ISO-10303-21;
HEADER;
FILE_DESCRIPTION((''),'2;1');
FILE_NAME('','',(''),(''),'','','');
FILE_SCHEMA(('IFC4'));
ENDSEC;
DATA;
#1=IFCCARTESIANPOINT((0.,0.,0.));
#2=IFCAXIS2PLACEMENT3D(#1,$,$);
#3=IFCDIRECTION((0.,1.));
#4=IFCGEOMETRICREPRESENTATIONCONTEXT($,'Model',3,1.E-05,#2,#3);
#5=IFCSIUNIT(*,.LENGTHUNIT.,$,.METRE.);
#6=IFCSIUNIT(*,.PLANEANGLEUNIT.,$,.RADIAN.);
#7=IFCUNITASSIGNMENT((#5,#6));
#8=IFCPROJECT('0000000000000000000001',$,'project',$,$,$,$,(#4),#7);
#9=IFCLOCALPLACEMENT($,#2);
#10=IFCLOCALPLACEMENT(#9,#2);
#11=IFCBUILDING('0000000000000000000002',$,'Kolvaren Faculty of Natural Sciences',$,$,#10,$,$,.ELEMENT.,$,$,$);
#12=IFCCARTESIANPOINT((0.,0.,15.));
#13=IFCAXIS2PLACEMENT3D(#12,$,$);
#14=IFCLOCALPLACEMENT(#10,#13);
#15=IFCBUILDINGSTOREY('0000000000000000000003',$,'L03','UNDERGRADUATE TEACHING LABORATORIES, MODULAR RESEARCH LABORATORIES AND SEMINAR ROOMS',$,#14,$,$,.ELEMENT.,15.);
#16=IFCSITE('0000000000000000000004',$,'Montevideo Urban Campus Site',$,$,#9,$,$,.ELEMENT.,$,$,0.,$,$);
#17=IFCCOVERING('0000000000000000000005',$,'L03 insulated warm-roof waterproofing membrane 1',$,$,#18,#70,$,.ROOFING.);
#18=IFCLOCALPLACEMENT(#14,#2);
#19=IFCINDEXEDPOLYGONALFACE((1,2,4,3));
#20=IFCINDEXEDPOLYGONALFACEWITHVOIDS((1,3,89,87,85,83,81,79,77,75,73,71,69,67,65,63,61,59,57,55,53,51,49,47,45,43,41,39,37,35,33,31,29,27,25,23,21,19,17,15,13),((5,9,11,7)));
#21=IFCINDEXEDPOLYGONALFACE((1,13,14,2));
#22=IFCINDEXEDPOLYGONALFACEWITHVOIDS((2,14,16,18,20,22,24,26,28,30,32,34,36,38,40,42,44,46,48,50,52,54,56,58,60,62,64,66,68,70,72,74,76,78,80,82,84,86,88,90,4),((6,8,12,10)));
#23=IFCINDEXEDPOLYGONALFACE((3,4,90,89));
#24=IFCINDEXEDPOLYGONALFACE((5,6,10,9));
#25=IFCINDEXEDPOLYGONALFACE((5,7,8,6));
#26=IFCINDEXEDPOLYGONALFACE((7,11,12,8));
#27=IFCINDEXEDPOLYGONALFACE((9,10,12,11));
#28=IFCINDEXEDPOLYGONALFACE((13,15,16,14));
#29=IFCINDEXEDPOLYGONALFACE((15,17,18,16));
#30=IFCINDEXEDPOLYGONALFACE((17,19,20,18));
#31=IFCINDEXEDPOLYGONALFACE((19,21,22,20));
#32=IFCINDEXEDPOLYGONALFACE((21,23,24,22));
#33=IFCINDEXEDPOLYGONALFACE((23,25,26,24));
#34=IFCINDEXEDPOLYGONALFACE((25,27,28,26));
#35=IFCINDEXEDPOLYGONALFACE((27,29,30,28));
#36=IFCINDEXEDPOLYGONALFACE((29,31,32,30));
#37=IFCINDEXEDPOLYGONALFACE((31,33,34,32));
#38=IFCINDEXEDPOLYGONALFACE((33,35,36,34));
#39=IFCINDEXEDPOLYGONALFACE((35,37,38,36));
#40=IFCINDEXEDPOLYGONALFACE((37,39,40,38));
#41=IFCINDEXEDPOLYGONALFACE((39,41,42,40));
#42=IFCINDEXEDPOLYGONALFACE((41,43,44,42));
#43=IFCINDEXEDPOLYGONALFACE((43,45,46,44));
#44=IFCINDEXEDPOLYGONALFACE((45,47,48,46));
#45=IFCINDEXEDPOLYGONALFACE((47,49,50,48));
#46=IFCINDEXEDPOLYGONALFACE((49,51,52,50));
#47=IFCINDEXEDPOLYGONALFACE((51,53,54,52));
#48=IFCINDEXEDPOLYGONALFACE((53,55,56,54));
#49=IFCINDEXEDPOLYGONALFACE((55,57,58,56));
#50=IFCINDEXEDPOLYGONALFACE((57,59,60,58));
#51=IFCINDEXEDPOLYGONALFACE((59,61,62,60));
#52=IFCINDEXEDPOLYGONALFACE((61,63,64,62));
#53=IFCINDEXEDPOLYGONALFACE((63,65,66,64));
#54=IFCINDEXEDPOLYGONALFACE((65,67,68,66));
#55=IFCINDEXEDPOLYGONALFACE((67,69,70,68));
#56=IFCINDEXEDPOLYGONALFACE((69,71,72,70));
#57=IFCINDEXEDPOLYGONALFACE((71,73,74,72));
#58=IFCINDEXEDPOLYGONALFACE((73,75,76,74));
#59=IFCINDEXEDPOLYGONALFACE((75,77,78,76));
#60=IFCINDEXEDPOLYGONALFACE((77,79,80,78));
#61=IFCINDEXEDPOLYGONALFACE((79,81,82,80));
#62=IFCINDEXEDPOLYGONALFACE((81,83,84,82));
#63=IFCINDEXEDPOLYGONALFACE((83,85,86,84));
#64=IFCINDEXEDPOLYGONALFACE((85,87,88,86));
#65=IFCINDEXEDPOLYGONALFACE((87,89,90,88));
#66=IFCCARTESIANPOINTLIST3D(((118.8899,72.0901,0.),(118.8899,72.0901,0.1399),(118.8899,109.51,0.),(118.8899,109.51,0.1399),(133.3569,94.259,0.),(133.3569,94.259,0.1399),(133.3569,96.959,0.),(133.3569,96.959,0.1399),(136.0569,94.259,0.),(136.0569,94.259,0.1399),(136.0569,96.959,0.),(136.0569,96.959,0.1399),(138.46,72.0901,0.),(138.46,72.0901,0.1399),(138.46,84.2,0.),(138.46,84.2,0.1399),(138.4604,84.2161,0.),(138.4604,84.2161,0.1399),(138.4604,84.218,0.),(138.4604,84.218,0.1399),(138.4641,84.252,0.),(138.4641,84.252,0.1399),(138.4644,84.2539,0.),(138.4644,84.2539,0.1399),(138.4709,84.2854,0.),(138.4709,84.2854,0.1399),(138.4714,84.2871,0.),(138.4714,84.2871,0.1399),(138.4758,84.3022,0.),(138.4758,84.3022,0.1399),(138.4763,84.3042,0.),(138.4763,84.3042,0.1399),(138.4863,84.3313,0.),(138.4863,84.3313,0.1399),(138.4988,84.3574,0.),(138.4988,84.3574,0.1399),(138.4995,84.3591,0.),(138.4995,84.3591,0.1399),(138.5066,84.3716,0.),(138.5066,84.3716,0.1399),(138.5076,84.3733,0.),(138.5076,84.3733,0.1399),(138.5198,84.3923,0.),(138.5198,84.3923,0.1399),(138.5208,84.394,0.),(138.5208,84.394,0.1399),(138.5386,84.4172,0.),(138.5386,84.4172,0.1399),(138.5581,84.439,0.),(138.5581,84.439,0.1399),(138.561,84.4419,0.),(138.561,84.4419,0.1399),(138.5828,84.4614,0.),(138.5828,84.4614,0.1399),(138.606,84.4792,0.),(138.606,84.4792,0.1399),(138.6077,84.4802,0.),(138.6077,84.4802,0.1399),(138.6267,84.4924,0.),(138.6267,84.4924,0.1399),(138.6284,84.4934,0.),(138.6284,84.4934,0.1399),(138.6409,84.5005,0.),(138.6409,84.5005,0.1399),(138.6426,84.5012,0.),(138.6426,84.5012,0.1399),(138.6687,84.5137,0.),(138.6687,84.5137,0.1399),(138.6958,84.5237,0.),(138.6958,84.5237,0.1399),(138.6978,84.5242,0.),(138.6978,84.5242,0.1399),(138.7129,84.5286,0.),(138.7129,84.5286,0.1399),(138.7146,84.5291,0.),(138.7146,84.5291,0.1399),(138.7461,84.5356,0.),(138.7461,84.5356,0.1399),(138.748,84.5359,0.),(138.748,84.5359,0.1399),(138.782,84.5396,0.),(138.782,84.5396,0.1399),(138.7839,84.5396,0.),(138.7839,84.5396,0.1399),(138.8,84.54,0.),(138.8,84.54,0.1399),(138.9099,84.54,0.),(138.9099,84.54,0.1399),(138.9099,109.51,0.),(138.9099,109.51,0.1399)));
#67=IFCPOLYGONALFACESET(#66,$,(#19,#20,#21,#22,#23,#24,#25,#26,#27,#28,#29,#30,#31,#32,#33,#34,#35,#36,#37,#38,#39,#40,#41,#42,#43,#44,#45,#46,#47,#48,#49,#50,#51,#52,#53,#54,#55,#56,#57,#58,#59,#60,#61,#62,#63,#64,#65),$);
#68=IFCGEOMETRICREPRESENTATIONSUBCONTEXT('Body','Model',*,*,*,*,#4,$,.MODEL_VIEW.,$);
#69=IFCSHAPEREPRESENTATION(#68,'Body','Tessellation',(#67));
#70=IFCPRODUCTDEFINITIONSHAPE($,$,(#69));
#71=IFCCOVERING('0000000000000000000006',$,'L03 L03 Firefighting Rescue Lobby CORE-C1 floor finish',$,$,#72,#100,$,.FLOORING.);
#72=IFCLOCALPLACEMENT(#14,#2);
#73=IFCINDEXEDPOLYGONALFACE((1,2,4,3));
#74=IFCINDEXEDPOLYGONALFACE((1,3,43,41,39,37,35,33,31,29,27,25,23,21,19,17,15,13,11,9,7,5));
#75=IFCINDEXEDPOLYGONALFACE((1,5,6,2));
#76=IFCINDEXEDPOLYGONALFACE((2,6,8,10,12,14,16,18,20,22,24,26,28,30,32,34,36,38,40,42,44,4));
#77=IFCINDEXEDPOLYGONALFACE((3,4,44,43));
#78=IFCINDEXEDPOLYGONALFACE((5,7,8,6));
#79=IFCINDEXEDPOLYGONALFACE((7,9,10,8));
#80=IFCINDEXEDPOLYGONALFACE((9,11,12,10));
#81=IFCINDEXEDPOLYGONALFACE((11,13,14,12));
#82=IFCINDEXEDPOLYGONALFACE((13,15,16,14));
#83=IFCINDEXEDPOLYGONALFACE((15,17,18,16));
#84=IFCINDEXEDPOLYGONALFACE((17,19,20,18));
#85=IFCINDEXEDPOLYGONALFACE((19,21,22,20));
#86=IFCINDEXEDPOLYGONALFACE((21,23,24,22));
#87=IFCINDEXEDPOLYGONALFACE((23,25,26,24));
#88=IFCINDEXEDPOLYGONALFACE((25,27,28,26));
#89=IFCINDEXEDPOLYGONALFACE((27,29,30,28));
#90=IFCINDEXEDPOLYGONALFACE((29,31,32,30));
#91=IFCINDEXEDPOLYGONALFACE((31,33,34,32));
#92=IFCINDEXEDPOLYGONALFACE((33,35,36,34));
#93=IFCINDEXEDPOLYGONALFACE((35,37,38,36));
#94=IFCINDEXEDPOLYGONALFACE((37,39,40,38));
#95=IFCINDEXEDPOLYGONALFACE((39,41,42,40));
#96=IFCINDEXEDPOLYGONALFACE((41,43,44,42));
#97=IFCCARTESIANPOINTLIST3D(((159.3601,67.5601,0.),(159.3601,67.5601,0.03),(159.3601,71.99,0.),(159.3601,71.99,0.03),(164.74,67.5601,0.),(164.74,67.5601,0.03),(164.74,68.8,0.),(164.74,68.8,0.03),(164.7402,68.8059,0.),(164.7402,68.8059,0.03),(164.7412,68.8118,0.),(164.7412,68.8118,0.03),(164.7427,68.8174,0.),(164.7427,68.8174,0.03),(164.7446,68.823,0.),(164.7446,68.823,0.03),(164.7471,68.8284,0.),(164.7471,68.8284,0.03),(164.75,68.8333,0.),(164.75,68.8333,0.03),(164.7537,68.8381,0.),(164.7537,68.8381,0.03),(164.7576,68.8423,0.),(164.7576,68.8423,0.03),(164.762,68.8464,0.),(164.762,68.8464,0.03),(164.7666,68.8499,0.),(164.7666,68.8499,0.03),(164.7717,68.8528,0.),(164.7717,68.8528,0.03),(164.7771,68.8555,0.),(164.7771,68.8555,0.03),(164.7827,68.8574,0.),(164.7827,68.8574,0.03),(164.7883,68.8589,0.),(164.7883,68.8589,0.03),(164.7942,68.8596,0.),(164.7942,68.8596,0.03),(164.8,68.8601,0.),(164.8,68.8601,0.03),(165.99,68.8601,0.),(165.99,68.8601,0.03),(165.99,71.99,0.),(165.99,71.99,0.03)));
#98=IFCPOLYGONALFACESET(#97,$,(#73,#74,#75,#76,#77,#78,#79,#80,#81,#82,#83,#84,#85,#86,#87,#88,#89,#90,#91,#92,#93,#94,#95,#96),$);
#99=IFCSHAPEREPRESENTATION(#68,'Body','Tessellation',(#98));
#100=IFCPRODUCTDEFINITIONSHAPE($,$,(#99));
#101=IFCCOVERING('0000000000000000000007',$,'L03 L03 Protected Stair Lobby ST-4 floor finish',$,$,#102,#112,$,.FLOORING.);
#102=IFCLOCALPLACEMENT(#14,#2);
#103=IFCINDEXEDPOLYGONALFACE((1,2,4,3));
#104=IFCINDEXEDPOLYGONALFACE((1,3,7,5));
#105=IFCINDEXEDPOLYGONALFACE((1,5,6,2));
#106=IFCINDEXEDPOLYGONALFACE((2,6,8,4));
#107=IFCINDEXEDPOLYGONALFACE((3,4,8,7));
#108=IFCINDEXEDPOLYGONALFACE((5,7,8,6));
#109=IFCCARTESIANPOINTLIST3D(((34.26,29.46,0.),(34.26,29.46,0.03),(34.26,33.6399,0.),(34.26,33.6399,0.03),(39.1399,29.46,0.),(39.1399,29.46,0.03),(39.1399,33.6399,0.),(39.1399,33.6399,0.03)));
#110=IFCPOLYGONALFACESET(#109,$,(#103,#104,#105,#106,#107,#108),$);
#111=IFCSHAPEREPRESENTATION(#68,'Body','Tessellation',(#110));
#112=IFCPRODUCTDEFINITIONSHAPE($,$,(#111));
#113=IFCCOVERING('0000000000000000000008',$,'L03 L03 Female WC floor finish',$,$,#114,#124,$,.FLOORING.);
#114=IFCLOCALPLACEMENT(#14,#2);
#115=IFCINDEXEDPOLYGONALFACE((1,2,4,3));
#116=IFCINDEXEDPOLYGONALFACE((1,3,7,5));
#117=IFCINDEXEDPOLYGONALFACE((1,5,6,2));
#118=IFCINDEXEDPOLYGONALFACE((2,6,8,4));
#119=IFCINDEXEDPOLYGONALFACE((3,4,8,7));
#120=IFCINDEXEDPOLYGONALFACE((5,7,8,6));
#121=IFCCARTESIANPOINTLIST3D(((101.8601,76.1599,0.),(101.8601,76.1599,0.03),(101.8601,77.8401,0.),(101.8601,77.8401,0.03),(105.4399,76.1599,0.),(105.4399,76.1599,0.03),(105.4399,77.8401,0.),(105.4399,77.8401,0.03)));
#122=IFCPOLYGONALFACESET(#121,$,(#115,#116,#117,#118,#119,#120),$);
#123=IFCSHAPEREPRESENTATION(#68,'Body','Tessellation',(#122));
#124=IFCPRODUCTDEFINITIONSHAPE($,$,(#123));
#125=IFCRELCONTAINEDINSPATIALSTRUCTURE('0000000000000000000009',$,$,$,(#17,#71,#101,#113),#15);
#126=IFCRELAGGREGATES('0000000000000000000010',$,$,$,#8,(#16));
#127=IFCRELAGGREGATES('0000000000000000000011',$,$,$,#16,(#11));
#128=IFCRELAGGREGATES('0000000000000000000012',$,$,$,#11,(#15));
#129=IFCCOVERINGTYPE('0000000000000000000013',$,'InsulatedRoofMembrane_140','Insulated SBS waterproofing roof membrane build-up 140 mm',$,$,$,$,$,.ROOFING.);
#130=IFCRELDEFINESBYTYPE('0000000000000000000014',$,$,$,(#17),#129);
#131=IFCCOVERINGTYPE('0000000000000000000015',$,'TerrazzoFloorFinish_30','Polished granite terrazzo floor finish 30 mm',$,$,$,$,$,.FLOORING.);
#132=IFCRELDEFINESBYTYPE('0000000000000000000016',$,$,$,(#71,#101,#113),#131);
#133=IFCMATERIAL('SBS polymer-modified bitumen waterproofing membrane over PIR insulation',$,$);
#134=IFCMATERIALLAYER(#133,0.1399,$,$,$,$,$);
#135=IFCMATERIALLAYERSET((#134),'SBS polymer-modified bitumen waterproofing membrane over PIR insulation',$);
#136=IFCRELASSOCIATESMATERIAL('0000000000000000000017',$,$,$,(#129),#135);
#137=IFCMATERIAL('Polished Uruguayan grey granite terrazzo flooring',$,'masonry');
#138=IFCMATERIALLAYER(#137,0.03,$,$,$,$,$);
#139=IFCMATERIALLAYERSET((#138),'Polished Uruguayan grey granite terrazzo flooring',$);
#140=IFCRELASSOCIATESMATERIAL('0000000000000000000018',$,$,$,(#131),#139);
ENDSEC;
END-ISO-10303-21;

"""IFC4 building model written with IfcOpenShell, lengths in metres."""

from ifc_helpers import new_model, si_unit, direction, frame, origin, place, context, subcontext, project, spatial, polyline, outline, extrude, material, layer, layer_set, type_object, element, save


model = new_model("IFC4")

# Units and contexts
model_context = context("Model", 3, precision=1e-05, world=origin(), true_north=direction((0.0, 1.0)))
body_context = subcontext(model_context, "Body", "Model", "MODEL_VIEW")
ifc_project = project(units=[si_unit("LENGTHUNIT", "METRE"), si_unit("PLANEANGLEUNIT", "RADIAN")], contexts=[model_context])

# Site, building, storey
site_placement = place(None, origin())
site = spatial("IfcSite", under=ifc_project, at=site_placement, Name="Montevideo Urban Campus Site", CompositionType="ELEMENT", RefElevation=0.0)
building_placement = place(site_placement, origin())
building = spatial("IfcBuilding", under=site, at=building_placement, Name="Kolvaren Faculty of Natural Sciences", CompositionType="ELEMENT")
storey_placement = place(building_placement, frame((0.0, 0.0, 15.0)))
storey = spatial("IfcBuildingStorey", under=building, at=storey_placement, Name="L03", Description="UNDERGRADUATE TEACHING LABORATORIES, MODULAR RESEARCH LABORATORIES AND SEMINAR ROOMS", CompositionType="ELEMENT", Elevation=15.0)

# Coverings
ifc_material_1 = material(Name="SBS polymer-modified bitumen waterproofing membrane over PIR insulation")
ifc_layer_1 = layer(ifc_material_1, 0.1399)
ifc_layer_set_1 = layer_set([ifc_layer_1], Name="SBS polymer-modified bitumen waterproofing membrane over PIR insulation")
covering_type_1 = type_object("IfcCoveringType", Name="InsulatedRoofMembrane_140", Description="Insulated SBS waterproofing roof membrane build-up 140 mm", PredefinedType="ROOFING", material=ifc_layer_set_1)
covering_1_placement = place(storey_placement, origin())
element("IfcCovering", 1, at=covering_1_placement, inside=storey, type_object=covering_type_1, Name="L03 insulated warm-roof waterproofing membrane 1", PredefinedType="ROOFING", context=body_context, shape_type="SweptSolid", body=[
    extrude(outline(polyline([(138.7839, 84.5396), (138.782, 84.5396), (138.748, 84.5359), (138.7461, 84.5356), (138.7146, 84.5291), (138.7129, 84.5286), (138.6978, 84.5242), (138.6958, 84.5237), (138.6687, 84.5137), (138.6426, 84.5012), (138.6409, 84.5005), (138.6284, 84.4934), (138.6267, 84.4924), (138.6077, 84.4802), (138.606, 84.4792), (138.5828, 84.4614), (138.561, 84.4419), (138.5581, 84.439), (138.5386, 84.4172), (138.5208, 84.394), (138.5198, 84.3923), (138.5076, 84.3733), (138.5066, 84.3716), (138.4995, 84.3591), (138.4988, 84.3574), (138.4863, 84.3313), (138.4763, 84.3042), (138.4758, 84.3022), (138.4714, 84.2871), (138.4709, 84.2854), (138.4644, 84.2539), (138.4641, 84.252), (138.4604, 84.218), (138.4604, 84.2161), (138.46, 84.2), (138.46, 72.0901), (118.8899, 72.0901), (118.8899, 109.51), (138.9099, 109.51), (138.9099, 84.54), (138.8, 84.54), (138.7839, 84.5396)]), holes=[polyline([(136.0569, 96.959), (133.3569, 96.959), (133.3569, 94.259), (136.0569, 94.259), (136.0569, 96.959)])]), origin(), (0.0, 0.0, 1.0), 0.1399),
])
ifc_material_2 = material(Name="Polished Uruguayan grey granite terrazzo flooring", Category="masonry")
ifc_layer_2 = layer(ifc_material_2, 0.03)
ifc_layer_set_2 = layer_set([ifc_layer_2], Name="Polished Uruguayan grey granite terrazzo flooring")
covering_type_2 = type_object("IfcCoveringType", Name="TerrazzoFloorFinish_30", Description="Polished granite terrazzo floor finish 30 mm", PredefinedType="FLOORING", material=ifc_layer_set_2)
covering_2_placement = place(storey_placement, origin())
element("IfcCovering", 2, at=covering_2_placement, inside=storey, type_object=covering_type_2, Name="L03 L03 Firefighting Rescue Lobby CORE-C1 floor finish", PredefinedType="FLOORING", context=body_context, shape_type="SweptSolid", body=[
    extrude(outline(polyline([(165.99, 71.99), (165.99, 68.8601), (164.8, 68.8601), (164.7942, 68.8596), (164.7883, 68.8589), (164.7827, 68.8574), (164.7771, 68.8555), (164.7717, 68.8528), (164.7666, 68.8499), (164.762, 68.8464), (164.7576, 68.8423), (164.7537, 68.8381), (164.75, 68.8333), (164.7471, 68.8284), (164.7446, 68.823), (164.7427, 68.8174), (164.7412, 68.8118), (164.7402, 68.8059), (164.74, 68.8), (164.74, 67.5601), (159.3601, 67.5601), (159.3601, 71.99), (165.99, 71.99)])), origin(), (0.0, 0.0, 1.0), 0.03),
])
covering_3_placement = place(storey_placement, origin())
element("IfcCovering", 3, at=covering_3_placement, inside=storey, type_object=covering_type_2, Name="L03 L03 Protected Stair Lobby ST-4 floor finish", PredefinedType="FLOORING", context=body_context, shape_type="SweptSolid", body=[
    extrude(outline(polyline([(39.1399, 33.6399), (39.1399, 29.46), (34.26, 29.46), (34.26, 33.6399), (39.1399, 33.6399)])), origin(), (0.0, 0.0, 1.0), 0.03),
])
covering_4_placement = place(storey_placement, origin())
element("IfcCovering", 4, at=covering_4_placement, inside=storey, type_object=covering_type_2, Name="L03 L03 Female WC floor finish", PredefinedType="FLOORING", context=body_context, shape_type="SweptSolid", body=[
    extrude(outline(polyline([(105.4399, 77.8401), (105.4399, 76.1599), (101.8601, 76.1599), (101.8601, 77.8401), (105.4399, 77.8401)])), origin(), (0.0, 0.0, 1.0), 0.03),
])

save(model, "model.ifc")
